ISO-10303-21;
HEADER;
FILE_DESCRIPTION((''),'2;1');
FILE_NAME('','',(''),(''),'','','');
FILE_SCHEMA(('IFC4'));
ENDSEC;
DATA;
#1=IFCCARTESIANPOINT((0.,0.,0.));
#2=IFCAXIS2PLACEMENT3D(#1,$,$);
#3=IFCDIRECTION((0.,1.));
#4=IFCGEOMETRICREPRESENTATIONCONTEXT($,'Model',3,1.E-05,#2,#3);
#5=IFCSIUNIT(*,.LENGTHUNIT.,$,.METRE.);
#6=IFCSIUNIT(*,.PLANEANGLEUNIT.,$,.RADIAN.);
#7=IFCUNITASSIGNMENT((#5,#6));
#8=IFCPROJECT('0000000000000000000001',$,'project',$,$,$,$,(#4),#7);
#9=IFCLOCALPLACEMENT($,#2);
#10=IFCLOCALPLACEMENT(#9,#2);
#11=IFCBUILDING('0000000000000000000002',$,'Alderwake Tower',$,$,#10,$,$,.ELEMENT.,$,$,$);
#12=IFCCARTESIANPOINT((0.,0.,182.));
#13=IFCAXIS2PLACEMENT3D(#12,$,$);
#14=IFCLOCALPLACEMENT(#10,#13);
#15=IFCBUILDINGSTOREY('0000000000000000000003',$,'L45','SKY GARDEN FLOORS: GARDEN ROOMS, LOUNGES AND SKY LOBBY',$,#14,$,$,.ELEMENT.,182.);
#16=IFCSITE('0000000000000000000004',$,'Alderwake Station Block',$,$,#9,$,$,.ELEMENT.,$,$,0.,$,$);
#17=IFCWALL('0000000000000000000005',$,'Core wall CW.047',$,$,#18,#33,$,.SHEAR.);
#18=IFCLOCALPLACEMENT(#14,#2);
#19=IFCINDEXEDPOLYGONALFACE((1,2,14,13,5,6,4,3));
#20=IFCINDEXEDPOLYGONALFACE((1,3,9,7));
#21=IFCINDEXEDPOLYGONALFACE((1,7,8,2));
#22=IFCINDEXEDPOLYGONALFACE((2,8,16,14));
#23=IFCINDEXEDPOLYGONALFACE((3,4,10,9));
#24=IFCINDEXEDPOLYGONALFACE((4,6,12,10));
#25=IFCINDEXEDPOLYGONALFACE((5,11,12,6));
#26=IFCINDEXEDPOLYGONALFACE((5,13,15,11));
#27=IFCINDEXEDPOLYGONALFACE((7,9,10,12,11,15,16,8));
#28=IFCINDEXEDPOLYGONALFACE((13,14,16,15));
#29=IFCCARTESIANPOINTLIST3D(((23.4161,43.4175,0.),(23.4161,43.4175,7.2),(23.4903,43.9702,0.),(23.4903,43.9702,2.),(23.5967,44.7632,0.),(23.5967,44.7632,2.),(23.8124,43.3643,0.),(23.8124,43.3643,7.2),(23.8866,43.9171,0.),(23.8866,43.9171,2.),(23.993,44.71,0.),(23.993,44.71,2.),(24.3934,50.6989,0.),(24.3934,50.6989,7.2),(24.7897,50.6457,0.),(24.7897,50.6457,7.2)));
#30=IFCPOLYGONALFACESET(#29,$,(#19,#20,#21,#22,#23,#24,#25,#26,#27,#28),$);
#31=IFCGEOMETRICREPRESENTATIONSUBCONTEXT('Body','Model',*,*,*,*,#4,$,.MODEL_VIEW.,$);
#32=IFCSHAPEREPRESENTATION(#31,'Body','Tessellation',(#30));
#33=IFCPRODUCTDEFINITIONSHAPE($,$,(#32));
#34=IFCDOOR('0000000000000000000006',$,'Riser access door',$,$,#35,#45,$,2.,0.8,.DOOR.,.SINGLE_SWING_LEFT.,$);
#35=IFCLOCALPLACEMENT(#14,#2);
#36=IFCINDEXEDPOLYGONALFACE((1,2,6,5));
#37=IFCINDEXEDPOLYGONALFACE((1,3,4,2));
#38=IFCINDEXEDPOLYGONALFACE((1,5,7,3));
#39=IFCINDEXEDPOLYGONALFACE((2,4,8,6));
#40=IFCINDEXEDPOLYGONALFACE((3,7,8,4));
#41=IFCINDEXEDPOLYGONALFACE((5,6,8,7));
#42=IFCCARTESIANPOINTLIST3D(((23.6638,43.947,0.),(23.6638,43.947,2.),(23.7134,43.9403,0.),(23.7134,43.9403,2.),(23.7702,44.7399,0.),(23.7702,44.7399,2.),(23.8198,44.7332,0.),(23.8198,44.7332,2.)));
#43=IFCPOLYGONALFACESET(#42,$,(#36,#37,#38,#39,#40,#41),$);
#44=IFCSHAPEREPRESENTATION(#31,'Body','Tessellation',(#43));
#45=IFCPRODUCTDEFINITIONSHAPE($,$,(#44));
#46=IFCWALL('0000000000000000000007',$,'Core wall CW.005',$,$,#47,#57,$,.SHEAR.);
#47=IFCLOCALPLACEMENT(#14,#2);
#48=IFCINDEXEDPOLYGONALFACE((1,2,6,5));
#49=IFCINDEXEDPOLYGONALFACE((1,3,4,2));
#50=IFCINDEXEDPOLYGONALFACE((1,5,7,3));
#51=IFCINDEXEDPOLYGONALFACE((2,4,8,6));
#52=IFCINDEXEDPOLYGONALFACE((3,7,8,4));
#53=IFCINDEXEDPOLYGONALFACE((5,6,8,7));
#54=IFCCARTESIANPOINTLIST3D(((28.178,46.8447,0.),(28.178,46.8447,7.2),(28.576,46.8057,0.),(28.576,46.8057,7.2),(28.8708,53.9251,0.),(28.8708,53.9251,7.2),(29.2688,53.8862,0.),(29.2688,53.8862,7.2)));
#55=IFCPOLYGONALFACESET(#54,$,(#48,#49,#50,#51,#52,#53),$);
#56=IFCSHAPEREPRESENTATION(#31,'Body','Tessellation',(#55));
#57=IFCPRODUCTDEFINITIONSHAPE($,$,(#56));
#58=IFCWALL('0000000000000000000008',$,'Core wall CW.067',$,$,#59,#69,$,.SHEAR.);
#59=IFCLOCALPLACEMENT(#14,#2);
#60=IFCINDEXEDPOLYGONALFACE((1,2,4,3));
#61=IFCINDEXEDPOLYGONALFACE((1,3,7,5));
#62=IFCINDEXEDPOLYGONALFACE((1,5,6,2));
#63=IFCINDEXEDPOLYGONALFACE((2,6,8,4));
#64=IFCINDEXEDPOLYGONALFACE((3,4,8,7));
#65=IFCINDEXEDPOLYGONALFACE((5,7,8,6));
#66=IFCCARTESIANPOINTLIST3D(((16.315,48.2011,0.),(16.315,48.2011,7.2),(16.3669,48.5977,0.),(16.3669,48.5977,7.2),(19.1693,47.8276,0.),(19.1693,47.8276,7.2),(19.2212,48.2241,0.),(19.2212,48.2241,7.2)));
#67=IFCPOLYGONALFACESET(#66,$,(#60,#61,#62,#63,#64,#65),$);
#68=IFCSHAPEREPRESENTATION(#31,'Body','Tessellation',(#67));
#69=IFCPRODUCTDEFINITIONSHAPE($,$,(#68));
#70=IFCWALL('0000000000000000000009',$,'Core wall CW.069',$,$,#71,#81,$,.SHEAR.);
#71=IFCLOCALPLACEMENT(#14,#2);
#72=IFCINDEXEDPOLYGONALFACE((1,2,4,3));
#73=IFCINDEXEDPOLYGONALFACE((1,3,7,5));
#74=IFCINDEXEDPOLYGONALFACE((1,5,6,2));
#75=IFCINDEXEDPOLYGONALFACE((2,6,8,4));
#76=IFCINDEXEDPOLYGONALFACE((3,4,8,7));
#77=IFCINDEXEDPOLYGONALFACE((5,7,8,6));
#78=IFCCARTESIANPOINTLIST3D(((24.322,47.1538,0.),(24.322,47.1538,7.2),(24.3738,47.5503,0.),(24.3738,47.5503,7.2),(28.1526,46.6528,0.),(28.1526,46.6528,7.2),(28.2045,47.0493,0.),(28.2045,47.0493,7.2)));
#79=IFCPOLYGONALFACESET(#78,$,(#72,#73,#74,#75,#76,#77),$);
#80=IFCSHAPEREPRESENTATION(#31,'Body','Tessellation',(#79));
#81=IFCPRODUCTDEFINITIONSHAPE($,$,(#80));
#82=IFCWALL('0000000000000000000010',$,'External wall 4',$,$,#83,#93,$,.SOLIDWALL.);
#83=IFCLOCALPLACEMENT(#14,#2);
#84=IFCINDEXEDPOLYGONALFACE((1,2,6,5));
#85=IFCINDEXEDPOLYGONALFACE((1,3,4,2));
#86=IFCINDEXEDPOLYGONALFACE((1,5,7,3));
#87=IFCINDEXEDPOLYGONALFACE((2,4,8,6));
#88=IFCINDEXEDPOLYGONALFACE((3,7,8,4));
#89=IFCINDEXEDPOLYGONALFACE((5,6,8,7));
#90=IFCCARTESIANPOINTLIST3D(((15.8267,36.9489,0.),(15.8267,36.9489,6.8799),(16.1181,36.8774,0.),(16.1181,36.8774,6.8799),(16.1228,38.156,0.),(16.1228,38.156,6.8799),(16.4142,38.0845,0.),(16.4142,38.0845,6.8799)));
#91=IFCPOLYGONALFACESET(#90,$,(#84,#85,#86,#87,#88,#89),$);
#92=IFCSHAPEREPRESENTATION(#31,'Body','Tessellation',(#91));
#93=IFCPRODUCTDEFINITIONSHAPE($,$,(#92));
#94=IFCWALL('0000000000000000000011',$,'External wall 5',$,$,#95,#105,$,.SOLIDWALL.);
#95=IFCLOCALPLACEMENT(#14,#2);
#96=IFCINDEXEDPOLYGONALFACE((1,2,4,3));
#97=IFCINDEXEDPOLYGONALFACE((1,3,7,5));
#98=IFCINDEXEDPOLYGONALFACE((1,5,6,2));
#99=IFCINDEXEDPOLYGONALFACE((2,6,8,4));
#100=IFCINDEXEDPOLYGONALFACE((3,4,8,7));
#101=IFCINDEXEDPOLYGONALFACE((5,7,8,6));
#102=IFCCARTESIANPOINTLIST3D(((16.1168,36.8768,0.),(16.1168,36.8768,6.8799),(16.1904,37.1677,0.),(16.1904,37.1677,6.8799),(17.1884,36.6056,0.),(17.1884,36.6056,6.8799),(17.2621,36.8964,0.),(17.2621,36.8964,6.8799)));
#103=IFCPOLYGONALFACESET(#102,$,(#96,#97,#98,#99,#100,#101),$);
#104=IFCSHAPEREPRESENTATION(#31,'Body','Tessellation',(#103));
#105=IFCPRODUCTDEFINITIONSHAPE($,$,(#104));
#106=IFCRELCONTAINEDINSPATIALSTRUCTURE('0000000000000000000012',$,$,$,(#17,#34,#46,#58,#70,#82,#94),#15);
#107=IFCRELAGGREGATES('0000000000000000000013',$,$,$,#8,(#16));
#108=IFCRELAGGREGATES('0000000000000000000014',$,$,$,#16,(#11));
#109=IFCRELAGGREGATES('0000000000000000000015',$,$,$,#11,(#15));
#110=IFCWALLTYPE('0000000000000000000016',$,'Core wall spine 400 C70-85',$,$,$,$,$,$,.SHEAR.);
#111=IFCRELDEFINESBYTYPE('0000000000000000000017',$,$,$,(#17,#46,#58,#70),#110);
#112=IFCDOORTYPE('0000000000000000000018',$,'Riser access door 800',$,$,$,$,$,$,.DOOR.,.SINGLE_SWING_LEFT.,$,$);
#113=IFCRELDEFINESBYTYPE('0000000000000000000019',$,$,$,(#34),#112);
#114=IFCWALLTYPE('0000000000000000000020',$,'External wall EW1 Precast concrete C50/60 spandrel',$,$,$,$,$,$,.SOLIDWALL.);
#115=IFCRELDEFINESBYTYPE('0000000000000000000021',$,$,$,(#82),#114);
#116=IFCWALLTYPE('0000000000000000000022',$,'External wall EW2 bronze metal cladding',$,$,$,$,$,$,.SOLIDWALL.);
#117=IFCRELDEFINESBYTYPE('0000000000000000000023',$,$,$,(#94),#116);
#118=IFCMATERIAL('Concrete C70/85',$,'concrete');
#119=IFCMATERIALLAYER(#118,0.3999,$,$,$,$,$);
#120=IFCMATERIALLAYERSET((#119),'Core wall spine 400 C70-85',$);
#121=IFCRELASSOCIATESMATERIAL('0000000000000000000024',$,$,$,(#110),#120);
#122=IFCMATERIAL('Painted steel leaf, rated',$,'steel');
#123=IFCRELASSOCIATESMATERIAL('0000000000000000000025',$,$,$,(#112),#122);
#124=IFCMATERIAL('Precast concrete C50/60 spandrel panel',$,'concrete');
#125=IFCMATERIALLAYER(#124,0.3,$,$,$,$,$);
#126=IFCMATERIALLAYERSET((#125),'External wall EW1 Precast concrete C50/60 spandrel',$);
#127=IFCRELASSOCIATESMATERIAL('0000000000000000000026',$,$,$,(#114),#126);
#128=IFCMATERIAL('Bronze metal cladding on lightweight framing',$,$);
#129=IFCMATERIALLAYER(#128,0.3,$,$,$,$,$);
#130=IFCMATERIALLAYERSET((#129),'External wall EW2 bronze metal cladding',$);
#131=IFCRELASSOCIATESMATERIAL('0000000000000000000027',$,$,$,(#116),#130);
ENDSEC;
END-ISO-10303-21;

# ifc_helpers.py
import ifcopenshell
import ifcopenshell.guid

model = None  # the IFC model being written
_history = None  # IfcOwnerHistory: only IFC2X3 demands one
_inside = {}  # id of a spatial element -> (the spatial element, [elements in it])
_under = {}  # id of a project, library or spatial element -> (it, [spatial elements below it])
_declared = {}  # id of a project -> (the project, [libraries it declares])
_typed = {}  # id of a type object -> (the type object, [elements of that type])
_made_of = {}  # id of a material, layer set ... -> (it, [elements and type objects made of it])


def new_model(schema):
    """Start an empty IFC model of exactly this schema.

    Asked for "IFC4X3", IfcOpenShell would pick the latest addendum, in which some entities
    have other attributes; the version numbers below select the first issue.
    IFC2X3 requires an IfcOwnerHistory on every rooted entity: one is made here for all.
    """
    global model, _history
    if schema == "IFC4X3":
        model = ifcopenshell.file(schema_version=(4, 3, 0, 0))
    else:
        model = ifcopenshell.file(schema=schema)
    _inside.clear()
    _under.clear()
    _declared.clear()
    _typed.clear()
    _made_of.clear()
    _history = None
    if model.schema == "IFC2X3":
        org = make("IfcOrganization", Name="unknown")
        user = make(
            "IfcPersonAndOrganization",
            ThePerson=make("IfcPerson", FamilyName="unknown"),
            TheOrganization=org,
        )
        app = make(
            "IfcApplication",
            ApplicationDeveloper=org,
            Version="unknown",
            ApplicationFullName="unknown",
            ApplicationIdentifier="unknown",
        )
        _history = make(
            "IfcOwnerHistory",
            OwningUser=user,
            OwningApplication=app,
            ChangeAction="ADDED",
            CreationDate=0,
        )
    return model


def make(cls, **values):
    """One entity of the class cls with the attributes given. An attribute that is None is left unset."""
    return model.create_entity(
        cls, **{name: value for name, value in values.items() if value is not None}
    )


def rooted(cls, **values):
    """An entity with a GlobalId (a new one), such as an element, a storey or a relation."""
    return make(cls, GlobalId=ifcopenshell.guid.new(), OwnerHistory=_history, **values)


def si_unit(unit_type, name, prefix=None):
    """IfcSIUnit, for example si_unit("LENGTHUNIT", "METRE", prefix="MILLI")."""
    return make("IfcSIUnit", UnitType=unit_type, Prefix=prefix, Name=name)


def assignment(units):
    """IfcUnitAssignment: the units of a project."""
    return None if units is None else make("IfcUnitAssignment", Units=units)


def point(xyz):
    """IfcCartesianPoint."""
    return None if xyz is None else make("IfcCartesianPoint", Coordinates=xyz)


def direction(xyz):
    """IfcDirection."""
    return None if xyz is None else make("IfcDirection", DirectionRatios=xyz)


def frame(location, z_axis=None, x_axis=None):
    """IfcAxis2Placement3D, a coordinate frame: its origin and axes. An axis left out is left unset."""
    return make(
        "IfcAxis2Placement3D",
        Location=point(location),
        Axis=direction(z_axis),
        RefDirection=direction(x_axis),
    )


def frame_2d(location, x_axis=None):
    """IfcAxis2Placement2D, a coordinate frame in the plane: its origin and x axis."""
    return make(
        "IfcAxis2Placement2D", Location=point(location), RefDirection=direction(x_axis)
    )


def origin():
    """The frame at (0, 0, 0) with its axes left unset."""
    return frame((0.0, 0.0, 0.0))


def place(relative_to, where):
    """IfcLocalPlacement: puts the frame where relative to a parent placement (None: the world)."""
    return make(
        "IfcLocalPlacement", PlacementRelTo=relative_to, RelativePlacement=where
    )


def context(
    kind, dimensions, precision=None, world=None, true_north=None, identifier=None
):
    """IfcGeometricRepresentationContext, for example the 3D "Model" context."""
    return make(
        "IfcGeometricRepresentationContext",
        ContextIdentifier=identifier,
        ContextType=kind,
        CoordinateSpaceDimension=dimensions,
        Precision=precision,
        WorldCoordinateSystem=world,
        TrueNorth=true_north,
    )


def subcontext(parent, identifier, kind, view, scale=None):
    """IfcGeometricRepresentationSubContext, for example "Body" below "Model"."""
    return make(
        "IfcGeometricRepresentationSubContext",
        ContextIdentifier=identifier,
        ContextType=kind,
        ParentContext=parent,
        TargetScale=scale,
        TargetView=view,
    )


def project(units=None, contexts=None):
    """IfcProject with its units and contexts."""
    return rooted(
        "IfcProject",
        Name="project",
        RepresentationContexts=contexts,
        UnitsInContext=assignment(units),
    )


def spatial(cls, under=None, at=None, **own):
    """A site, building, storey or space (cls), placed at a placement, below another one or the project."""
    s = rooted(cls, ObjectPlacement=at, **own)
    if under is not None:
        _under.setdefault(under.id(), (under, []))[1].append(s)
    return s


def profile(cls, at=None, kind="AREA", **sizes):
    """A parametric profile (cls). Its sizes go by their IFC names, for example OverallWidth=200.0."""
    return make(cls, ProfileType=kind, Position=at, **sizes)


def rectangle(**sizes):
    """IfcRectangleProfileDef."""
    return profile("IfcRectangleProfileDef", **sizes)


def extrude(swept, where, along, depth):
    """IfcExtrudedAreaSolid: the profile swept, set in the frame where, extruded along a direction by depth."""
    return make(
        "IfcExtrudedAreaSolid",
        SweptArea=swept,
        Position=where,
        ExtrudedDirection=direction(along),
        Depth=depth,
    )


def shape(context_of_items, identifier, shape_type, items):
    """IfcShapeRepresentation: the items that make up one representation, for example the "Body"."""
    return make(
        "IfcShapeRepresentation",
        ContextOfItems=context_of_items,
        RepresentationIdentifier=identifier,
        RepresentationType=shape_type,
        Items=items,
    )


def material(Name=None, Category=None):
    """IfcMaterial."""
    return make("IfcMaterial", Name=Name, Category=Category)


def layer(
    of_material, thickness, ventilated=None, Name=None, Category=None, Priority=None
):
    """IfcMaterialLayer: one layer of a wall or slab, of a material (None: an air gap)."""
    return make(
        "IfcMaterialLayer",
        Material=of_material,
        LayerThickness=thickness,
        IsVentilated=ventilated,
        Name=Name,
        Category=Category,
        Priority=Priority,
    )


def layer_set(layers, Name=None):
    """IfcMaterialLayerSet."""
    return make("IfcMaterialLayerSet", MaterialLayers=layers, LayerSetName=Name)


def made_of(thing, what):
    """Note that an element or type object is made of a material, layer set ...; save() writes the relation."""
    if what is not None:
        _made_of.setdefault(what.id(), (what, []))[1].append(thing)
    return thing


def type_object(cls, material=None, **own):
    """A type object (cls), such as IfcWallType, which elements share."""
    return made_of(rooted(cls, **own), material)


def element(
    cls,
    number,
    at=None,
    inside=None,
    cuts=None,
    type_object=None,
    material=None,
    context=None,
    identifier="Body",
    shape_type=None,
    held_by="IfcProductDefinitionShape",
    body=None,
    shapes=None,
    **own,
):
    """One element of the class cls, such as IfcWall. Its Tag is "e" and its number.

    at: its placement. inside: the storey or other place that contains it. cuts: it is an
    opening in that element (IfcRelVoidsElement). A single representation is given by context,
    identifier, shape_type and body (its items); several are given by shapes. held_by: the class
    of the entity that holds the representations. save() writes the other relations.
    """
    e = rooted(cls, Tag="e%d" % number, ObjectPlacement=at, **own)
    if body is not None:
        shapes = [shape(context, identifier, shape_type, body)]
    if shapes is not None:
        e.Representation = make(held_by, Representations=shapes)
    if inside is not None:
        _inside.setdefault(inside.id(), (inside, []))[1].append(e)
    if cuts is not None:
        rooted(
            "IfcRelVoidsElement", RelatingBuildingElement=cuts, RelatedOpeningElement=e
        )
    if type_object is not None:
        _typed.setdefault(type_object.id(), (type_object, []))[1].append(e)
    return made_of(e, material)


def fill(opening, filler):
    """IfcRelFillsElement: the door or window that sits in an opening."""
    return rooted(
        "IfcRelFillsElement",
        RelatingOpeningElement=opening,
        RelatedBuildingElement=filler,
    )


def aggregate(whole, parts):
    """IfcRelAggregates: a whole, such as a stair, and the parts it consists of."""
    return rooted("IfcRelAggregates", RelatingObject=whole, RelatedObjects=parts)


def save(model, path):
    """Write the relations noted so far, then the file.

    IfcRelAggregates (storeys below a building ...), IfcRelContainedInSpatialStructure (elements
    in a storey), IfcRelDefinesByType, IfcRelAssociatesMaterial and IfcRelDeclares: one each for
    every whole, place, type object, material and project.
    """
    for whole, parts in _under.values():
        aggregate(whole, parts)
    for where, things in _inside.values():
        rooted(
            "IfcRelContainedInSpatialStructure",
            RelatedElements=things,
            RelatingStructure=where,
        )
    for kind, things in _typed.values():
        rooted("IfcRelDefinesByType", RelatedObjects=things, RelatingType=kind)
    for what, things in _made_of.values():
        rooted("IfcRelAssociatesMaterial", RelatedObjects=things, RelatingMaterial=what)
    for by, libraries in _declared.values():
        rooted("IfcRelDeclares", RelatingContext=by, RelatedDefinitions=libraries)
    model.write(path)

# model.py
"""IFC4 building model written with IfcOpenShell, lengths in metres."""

from ifc_helpers import new_model, si_unit, direction, frame, frame_2d, origin, place, context, subcontext, project, spatial, rectangle, extrude, material, layer, layer_set, type_object, element, fill, save


model = new_model("IFC4")

# Units and contexts
model_context = context("Model", 3, precision=1e-05, world=origin(), true_north=direction((0.0, 1.0)))
body_context = subcontext(model_context, "Body", "Model", "MODEL_VIEW")
ifc_project = project(units=[si_unit("LENGTHUNIT", "METRE"), si_unit("PLANEANGLEUNIT", "RADIAN")], contexts=[model_context])

# Site, building, storey
site_placement = place(None, origin())
site = spatial("IfcSite", under=ifc_project, at=site_placement, Name="Alderwake Station Block", CompositionType="ELEMENT", RefElevation=0.0)
building_placement = place(site_placement, origin())
building = spatial("IfcBuilding", under=site, at=building_placement, Name="Alderwake Tower", CompositionType="ELEMENT")
storey_placement = place(building_placement, frame((0.0, 0.0, 182.0)))
storey = spatial("IfcBuildingStorey", under=building, at=storey_placement, Name="L45", Description="SKY GARDEN FLOORS: GARDEN ROOMS, LOUNGES AND SKY LOBBY", CompositionType="ELEMENT", Elevation=182.0)

# Wall, opening, door
ifc_material_1 = material(Name="Concrete C70/85", Category="concrete")
ifc_layer_1 = layer(ifc_material_1, 0.3999)
ifc_layer_set_1 = layer_set([ifc_layer_1], Name="Core wall spine 400 C70-85")
wall_type_1 = type_object("IfcWallType", Name="Core wall spine 400 C70-85", PredefinedType="SHEAR", material=ifc_layer_set_1)
wall_1_placement = place(storey_placement, frame((23.6143, 43.3909, 0.0), z_axis=(0.0, 0.0, 1.0), x_axis=(0.133023, 0.991113, 0.0)))
wall_1 = element("IfcWall", 1, at=wall_1_placement, inside=storey, type_object=wall_type_1, Name="Core wall CW.047", PredefinedType="SHEAR", context=body_context, shape_type="SweptSolid", body=[
    extrude(rectangle(XDim=7.3467, YDim=0.3999, at=frame_2d((3.6733, 0.0))), origin(), (0.0, 0.0, 1.0), 7.2),
])
opening_1_placement = place(wall_1_placement, frame((0.5579, 0.0, 0.0)))
opening_1 = element("IfcOpeningElement", 2, at=opening_1_placement, cuts=wall_1, PredefinedType="OPENING", context=body_context, shape_type="SweptSolid", body=[
    extrude(rectangle(XDim=0.8, YDim=2.0, at=frame_2d((0.3999, 1.0))), frame((0.0, 0.21, 0.0), z_axis=(0.0, -1.0, 0.0), x_axis=(1.0, 0.0, 0.0)), (0.0, 0.0, 1.0), 0.4199),
])
ifc_material_2 = material(Name="Painted steel leaf, rated", Category="steel")
door_type_1 = type_object("IfcDoorType", Name="Riser access door 800", OperationType="SINGLE_SWING_LEFT", PredefinedType="DOOR", material=ifc_material_2)
door_1_placement = place(opening_1_placement, origin())
door_1 = element("IfcDoor", 3, at=door_1_placement, inside=storey, type_object=door_type_1, Name="Riser access door", OperationType="SINGLE_SWING_LEFT", OverallHeight=2.0, OverallWidth=0.8, PredefinedType="DOOR", context=body_context, shape_type="SweptSolid", body=[
    extrude(rectangle(XDim=0.8, YDim=2.0, at=frame_2d((0.3999, 1.0))), frame((0.0, 0.0249, 0.0), z_axis=(0.0, -1.0, 0.0), x_axis=(1.0, 0.0, 0.0)), (0.0, 0.0, 1.0), 0.05),
])
fill(opening_1, door_1)

# Walls
wall_2_placement = place(storey_placement, frame((28.377, 46.8252, 0.0), z_axis=(0.0, 0.0, 1.0), x_axis=(0.097393, 0.995246, 0.0)))
element("IfcWall", 4, at=wall_2_placement, inside=storey, type_object=wall_type_1, Name="Core wall CW.005", PredefinedType="SHEAR", context=body_context, shape_type="SweptSolid", body=[
    extrude(rectangle(XDim=7.1143, YDim=0.3999, at=frame_2d((3.5571, 0.0))), origin(), (0.0, 0.0, 1.0), 7.2),
])
wall_3_placement = place(storey_placement, frame((16.3408, 48.3994, 0.0), z_axis=(0.0, 0.0, 1.0), x_axis=(0.991545, -0.129763, 0.0)))
element("IfcWall", 5, at=wall_3_placement, inside=storey, type_object=wall_type_1, Name="Core wall CW.067", PredefinedType="SHEAR", context=body_context, shape_type="SweptSolid", body=[
    extrude(rectangle(XDim=2.8787, YDim=0.3999, at=frame_2d((1.4395, 0.0))), origin(), (0.0, 0.0, 1.0), 7.2),
])
wall_4_placement = place(storey_placement, frame((24.3479, 47.3521, 0.0), z_axis=(0.0, 0.0, 1.0), x_axis=(0.991556, -0.12968, 0.0)))
element("IfcWall", 6, at=wall_4_placement, inside=storey, type_object=wall_type_1, Name="Core wall CW.069", PredefinedType="SHEAR", context=body_context, shape_type="SweptSolid", body=[
    extrude(rectangle(XDim=3.8633, YDim=0.3999, at=frame_2d((1.9316, 0.0))), origin(), (0.0, 0.0, 1.0), 7.2),
])

# Shared definitions
ifc_material_3 = material(Name="Precast concrete C50/60 spandrel panel", Category="concrete")
ifc_layer_2 = layer(ifc_material_3, 0.3)
ifc_layer_set_2 = layer_set([ifc_layer_2], Name="External wall EW1 Precast concrete C50/60 spandrel")
wall_type_2 = type_object("IfcWallType", Name="External wall EW1 Precast concrete C50/60 spandrel", PredefinedType="SOLIDWALL", material=ifc_layer_set_2)

# Walls
wall_5_placement = place(storey_placement, frame((16.2686, 38.1204, 0.0), z_axis=(0.0, 0.0, 1.0), x_axis=(-0.238281, -0.971196, 0.0)))
element("IfcWall", 7, at=wall_5_placement, inside=storey, type_object=wall_type_2, Name="External wall 4", PredefinedType="SOLIDWALL", context=body_context, shape_type="SweptSolid", body=[
    extrude(rectangle(XDim=1.2429, YDim=0.3, at=frame_2d((0.6216, 0.0))), origin(), (0.0, 0.0, 1.0), 6.8799),
])
ifc_material_4 = material(Name="Bronze metal cladding on lightweight framing")
ifc_layer_3 = layer(ifc_material_4, 0.3)
ifc_layer_set_3 = layer_set([ifc_layer_3], Name="External wall EW2 bronze metal cladding")
wall_type_3 = type_object("IfcWallType", Name="External wall EW2 bronze metal cladding", PredefinedType="SOLIDWALL", material=ifc_layer_set_3)
wall_6_placement = place(storey_placement, frame((16.1536, 37.0222, 0.0), z_axis=(0.0, 0.0, 1.0), x_axis=(0.969437, -0.24534, 0.0)))
element("IfcWall", 8, at=wall_6_placement, inside=storey, type_object=wall_type_3, Name="External wall 5", PredefinedType="SOLIDWALL", context=body_context, shape_type="SweptSolid", body=[
    extrude(rectangle(XDim=1.1055, YDim=0.3, at=frame_2d((0.5527, 0.0))), origin(), (0.0, 0.0, 1.0), 6.8799),
])

save(model, "model.ifc")
